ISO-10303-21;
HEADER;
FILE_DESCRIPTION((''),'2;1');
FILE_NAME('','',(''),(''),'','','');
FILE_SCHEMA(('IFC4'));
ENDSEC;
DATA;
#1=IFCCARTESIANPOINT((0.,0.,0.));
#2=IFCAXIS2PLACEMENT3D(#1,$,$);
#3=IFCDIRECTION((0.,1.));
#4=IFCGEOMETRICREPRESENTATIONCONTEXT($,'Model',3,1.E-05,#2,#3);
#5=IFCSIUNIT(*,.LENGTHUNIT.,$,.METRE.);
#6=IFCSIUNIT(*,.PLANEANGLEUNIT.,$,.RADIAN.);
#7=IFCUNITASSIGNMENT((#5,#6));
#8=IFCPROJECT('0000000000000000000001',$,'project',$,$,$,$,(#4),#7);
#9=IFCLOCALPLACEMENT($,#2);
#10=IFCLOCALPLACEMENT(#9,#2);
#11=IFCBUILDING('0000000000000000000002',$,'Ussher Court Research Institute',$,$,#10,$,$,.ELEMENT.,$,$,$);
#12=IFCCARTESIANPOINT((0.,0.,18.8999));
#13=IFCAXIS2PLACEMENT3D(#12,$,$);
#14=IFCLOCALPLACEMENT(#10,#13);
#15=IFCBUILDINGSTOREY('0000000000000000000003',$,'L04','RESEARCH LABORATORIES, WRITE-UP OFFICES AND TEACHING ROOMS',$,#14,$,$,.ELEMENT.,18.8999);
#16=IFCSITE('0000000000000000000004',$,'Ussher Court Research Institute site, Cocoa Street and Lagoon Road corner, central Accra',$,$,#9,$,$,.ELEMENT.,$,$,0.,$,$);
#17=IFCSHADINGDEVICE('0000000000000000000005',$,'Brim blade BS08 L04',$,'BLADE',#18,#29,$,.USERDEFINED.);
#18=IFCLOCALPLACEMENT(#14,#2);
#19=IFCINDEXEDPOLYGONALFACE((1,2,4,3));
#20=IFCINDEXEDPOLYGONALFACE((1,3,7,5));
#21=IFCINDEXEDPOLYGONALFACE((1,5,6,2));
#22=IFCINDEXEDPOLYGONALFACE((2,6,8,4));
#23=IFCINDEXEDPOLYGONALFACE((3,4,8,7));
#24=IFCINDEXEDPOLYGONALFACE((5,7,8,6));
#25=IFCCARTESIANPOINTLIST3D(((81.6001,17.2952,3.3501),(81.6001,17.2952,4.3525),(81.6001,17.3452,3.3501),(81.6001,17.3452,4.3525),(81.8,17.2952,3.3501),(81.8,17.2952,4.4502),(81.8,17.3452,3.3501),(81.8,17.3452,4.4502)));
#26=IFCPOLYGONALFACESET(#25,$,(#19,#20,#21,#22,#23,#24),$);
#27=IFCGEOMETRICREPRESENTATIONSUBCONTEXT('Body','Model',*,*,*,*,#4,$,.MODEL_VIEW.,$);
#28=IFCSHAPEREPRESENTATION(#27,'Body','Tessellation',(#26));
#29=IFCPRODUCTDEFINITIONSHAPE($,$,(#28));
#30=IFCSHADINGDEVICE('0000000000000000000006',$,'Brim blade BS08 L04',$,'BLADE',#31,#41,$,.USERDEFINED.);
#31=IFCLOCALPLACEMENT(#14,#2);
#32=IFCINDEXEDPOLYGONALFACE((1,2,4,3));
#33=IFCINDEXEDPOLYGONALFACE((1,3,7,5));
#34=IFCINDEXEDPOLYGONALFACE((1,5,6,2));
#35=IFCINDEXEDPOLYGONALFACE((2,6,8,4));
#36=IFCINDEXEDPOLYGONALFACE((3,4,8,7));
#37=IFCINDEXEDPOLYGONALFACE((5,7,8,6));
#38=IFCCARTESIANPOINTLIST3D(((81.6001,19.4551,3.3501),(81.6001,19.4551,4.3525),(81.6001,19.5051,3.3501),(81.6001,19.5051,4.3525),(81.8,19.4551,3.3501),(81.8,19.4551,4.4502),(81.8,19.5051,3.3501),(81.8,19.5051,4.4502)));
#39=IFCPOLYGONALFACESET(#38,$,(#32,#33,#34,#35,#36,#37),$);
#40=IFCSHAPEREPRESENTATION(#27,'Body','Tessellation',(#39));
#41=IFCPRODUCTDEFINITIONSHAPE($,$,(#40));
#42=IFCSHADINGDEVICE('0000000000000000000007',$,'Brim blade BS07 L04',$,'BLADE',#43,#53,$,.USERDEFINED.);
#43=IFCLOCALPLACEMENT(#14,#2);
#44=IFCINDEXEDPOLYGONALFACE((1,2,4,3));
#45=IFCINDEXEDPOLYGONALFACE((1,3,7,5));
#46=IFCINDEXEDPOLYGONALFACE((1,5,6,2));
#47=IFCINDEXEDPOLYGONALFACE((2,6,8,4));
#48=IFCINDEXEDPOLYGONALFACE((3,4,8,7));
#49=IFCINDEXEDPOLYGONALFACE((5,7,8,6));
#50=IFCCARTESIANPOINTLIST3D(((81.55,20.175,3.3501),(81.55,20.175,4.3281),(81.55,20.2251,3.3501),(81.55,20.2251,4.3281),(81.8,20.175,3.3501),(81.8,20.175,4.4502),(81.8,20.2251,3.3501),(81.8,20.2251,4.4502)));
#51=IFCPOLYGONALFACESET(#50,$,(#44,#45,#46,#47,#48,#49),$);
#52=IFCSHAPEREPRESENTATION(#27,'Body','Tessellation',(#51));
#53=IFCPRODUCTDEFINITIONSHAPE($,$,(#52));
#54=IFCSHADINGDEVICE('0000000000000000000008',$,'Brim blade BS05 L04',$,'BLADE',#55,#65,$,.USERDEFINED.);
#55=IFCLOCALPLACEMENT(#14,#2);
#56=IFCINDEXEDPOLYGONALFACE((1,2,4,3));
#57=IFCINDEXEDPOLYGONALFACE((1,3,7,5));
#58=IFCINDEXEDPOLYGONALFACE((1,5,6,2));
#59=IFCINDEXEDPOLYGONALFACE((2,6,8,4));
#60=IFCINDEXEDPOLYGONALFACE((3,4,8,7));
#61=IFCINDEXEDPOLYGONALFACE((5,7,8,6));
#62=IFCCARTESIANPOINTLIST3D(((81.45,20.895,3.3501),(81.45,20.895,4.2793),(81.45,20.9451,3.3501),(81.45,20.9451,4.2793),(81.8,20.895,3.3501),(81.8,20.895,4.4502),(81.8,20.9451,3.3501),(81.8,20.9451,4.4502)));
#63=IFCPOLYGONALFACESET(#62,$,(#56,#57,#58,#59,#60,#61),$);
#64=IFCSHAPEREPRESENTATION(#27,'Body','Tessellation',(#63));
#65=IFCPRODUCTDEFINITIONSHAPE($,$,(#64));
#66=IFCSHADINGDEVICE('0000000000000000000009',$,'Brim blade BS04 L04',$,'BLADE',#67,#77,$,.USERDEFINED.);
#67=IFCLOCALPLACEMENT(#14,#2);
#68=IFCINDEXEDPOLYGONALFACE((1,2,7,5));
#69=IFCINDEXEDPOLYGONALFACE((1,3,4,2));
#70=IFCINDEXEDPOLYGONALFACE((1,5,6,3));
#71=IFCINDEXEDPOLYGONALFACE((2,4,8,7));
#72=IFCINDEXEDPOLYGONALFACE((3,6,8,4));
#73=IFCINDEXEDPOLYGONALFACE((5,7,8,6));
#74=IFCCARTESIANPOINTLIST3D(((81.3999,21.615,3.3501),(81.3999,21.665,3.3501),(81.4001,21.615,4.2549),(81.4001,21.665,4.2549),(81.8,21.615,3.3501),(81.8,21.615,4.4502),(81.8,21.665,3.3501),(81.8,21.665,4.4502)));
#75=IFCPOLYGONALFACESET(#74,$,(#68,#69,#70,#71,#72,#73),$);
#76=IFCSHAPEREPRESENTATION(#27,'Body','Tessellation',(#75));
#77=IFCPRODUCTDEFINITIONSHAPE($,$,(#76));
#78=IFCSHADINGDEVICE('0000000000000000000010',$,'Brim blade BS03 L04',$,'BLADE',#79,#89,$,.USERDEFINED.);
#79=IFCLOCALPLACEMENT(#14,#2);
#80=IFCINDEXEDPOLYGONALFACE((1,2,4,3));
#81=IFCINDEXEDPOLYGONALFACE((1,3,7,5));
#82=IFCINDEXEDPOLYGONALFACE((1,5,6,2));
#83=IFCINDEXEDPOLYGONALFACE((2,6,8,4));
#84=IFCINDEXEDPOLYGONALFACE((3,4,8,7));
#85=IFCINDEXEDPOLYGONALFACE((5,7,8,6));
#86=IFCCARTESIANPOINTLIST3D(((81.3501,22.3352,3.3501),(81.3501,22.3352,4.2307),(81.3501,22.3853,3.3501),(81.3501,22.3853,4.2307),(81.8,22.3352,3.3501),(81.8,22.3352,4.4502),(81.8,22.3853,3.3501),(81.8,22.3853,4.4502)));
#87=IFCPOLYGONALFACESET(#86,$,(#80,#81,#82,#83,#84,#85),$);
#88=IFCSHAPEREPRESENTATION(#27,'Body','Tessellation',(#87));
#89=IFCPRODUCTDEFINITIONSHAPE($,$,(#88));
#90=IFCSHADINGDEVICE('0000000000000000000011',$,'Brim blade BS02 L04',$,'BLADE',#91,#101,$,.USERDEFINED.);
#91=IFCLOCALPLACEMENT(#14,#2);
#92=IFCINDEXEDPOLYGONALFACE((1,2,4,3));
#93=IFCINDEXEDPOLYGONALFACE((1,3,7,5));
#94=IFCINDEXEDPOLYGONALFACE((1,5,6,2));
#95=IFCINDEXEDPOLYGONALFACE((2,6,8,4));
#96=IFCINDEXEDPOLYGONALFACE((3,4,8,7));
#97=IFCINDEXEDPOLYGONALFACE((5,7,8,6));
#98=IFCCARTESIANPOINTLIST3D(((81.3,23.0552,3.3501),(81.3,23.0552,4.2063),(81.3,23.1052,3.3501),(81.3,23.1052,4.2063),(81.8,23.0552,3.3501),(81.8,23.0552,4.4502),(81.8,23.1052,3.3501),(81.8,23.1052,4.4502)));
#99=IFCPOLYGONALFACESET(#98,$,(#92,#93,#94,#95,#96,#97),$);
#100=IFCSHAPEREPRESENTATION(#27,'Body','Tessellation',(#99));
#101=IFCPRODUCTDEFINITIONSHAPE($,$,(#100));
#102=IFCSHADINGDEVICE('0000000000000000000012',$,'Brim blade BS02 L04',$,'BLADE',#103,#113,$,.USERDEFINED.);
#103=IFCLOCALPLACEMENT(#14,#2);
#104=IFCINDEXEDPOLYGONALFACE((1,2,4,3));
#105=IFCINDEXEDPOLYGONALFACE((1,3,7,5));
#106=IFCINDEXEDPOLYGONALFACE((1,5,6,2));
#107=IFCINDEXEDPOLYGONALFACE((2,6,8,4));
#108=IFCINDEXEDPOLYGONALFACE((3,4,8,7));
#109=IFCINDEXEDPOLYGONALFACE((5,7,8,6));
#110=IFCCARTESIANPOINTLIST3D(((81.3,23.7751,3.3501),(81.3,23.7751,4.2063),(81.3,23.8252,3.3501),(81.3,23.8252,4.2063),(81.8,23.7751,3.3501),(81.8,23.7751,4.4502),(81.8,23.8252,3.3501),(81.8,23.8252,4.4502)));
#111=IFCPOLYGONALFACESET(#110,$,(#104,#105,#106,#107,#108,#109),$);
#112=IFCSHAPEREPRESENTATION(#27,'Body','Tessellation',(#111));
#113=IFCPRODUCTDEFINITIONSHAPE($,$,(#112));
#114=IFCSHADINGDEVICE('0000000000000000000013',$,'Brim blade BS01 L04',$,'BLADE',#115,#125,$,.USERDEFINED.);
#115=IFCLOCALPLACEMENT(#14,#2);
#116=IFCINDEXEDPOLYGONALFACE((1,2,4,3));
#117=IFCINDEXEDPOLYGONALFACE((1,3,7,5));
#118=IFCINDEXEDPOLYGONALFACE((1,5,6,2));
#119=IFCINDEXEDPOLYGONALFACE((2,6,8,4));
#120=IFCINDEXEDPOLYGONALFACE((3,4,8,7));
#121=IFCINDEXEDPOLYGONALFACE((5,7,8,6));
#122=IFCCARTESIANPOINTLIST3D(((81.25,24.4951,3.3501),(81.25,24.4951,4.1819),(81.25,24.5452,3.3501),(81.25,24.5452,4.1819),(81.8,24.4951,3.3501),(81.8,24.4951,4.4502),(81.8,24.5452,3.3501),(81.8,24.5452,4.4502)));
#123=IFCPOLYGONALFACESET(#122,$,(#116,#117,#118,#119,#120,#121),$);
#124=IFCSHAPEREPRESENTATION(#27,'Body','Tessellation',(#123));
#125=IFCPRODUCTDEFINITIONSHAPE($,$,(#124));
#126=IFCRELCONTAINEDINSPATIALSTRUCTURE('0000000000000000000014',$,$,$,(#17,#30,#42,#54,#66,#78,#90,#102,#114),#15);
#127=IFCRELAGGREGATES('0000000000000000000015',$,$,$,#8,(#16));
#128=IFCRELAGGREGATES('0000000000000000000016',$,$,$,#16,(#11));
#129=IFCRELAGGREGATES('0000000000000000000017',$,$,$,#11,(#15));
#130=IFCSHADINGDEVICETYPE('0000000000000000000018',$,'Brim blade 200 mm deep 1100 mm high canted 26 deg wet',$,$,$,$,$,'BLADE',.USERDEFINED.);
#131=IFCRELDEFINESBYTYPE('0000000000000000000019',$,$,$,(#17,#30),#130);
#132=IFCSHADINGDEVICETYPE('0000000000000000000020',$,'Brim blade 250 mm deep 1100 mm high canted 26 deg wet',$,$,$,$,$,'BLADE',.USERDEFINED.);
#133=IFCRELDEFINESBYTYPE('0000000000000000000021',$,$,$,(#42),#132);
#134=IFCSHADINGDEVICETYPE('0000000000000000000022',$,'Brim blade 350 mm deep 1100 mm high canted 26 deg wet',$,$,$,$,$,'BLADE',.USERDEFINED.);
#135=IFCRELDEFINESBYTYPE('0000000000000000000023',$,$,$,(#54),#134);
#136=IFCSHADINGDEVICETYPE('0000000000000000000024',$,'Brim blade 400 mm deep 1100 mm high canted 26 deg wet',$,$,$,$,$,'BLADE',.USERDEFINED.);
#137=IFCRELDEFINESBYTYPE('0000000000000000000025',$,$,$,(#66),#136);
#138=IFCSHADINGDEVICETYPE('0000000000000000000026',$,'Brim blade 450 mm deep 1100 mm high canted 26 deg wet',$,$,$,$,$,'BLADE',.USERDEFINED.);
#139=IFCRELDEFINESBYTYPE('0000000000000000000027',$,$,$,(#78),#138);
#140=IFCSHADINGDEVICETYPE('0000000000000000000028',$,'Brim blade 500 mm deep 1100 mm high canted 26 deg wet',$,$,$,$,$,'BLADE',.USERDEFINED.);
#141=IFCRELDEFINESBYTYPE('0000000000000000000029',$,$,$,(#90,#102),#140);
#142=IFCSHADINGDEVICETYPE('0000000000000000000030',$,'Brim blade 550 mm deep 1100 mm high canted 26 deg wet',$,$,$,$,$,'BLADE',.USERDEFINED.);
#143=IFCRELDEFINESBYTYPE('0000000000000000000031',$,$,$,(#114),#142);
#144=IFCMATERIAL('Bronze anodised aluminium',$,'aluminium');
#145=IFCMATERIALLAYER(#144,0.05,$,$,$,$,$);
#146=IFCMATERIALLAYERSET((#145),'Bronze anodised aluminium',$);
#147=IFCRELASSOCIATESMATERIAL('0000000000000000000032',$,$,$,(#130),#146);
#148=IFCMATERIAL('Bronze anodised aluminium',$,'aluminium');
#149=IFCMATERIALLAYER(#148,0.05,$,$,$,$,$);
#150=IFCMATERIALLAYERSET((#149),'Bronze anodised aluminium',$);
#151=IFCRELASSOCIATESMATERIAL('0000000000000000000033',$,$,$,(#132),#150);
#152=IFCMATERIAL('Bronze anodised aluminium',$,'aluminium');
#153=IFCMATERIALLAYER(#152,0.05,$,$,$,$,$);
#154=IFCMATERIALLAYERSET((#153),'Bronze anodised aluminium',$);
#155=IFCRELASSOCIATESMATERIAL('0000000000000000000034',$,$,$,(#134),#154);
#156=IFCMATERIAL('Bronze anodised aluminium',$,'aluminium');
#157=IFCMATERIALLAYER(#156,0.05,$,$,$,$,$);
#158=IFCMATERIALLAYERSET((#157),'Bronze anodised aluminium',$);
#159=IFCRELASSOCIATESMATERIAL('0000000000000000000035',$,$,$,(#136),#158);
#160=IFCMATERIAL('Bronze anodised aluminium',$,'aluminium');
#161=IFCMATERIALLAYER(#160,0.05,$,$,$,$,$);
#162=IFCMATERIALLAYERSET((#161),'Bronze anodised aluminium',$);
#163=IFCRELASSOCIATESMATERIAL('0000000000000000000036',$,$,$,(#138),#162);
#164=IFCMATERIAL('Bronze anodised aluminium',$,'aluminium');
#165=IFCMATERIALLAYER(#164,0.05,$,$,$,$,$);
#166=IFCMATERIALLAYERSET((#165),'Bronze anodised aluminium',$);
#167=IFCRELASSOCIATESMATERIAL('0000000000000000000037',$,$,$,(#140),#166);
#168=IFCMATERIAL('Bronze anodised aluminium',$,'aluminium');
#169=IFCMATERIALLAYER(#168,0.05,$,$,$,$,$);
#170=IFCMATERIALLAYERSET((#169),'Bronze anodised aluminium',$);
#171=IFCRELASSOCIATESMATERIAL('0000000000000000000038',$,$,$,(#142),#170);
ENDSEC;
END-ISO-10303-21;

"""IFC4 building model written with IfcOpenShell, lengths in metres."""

from ifc_helpers import new_model, si_unit, direction, frame, origin, place, context, subcontext, project, spatial, polyline, outline, extrude, material, layer, layer_set, type_object, element, save


model = new_model("IFC4")

# Units and contexts
model_context = context("Model", 3, precision=1e-05, world=origin(), true_north=direction((0.0, 1.0)))
body_context = subcontext(model_context, "Body", "Model", "MODEL_VIEW")
ifc_project = project(units=[si_unit("LENGTHUNIT", "METRE"), si_unit("PLANEANGLEUNIT", "RADIAN")], contexts=[model_context])

# Site, building, storey
site_placement = place(None, origin())
site = spatial("IfcSite", under=ifc_project, at=site_placement, Name="Ussher Court Research Institute site, Cocoa Street and Lagoon Road corner, central Accra", CompositionType="ELEMENT", RefElevation=0.0)
building_placement = place(site_placement, origin())
building = spatial("IfcBuilding", under=site, at=building_placement, Name="Ussher Court Research Institute", CompositionType="ELEMENT")
storey_placement = place(building_placement, frame((0.0, 0.0, 18.8999)))
storey = spatial("IfcBuildingStorey", under=building, at=storey_placement, Name="L04", Description="RESEARCH LABORATORIES, WRITE-UP OFFICES AND TEACHING ROOMS", CompositionType="ELEMENT", Elevation=18.8999)

# Shading devices
ifc_material_1 = material(Name="Bronze anodised aluminium", Category="aluminium")
ifc_layer_1 = layer(ifc_material_1, 0.05)
ifc_layer_set_1 = layer_set([ifc_layer_1], Name="Bronze anodised aluminium")
shading_device_type_1 = type_object("IfcShadingDeviceType", Name="Brim blade 200 mm deep 1100 mm high canted 26 deg wet", ElementType="BLADE", PredefinedType="USERDEFINED", material=ifc_layer_set_1)
for number, where, z_axis, x_axis, name in (
    (1, (81.8, 17.3201, 3.3501), (0.0, 0.0, 1.0), (-1.0, 0.0, 0.0), "Brim blade BS08 L04"),
    (2, (81.8, 19.48, 3.3501), (0.0, 0.0, 1.0), (-1.0, 0.0, 0.0), "Brim blade BS08 L04"),
):
    element("IfcShadingDevice", number, at=place(storey_placement, frame(where, z_axis=z_axis, x_axis=x_axis)), inside=storey, type_object=shading_device_type_1, Name=name, ObjectType="BLADE", PredefinedType="USERDEFINED", context=body_context, shape_type="SweptSolid", body=[
        extrude(outline(polyline([(0.0, 0.0), (0.2, 0.0), (0.2, 1.0024), (0.0, 1.1001), (0.0, 0.0)])), frame((0.0, 0.0249, 0.0), z_axis=(0.0, -1.0, 0.0), x_axis=(1.0, 0.0, 0.0)), (0.0, 0.0, 1.0), 0.05),
    ])
ifc_material_2 = material(Name="Bronze anodised aluminium", Category="aluminium")
ifc_layer_2 = layer(ifc_material_2, 0.05)
ifc_layer_set_2 = layer_set([ifc_layer_2], Name="Bronze anodised aluminium")
shading_device_type_2 = type_object("IfcShadingDeviceType", Name="Brim blade 250 mm deep 1100 mm high canted 26 deg wet", ElementType="BLADE", PredefinedType="USERDEFINED", material=ifc_layer_set_2)
shading_device_1_placement = place(storey_placement, frame((81.8, 20.2, 3.3501), z_axis=(0.0, 0.0, 1.0), x_axis=(-1.0, 0.0, 0.0)))
element("IfcShadingDevice", 3, at=shading_device_1_placement, inside=storey, type_object=shading_device_type_2, Name="Brim blade BS07 L04", ObjectType="BLADE", PredefinedType="USERDEFINED", context=body_context, shape_type="SweptSolid", body=[
    extrude(outline(polyline([(0.0, 0.0), (0.25, 0.0), (0.25, 0.978), (0.0, 1.1001), (0.0, 0.0)])), frame((0.0, 0.0249, 0.0), z_axis=(0.0, -1.0, 0.0), x_axis=(1.0, 0.0, 0.0)), (0.0, 0.0, 1.0), 0.05),
])
ifc_material_3 = material(Name="Bronze anodised aluminium", Category="aluminium")
ifc_layer_3 = layer(ifc_material_3, 0.05)
ifc_layer_set_3 = layer_set([ifc_layer_3], Name="Bronze anodised aluminium")
shading_device_type_3 = type_object("IfcShadingDeviceType", Name="Brim blade 350 mm deep 1100 mm high canted 26 deg wet", ElementType="BLADE", PredefinedType="USERDEFINED", material=ifc_layer_set_3)
shading_device_2_placement = place(storey_placement, frame((81.8, 20.9199, 3.3501), z_axis=(0.0, 0.0, 1.0), x_axis=(-1.0, 0.0, 0.0)))
element("IfcShadingDevice", 4, at=shading_device_2_placement, inside=storey, type_object=shading_device_type_3, Name="Brim blade BS05 L04", ObjectType="BLADE", PredefinedType="USERDEFINED", context=body_context, shape_type="SweptSolid", body=[
    extrude(outline(polyline([(0.0, 0.0), (0.3501, 0.0), (0.3501, 0.9292), (0.0, 1.1001), (0.0, 0.0)])), frame((0.0, 0.0249, 0.0), z_axis=(0.0, -1.0, 0.0), x_axis=(1.0, 0.0, 0.0)), (0.0, 0.0, 1.0), 0.05),
])
ifc_material_4 = material(Name="Bronze anodised aluminium", Category="aluminium")
ifc_layer_4 = layer(ifc_material_4, 0.05)
ifc_layer_set_4 = layer_set([ifc_layer_4], Name="Bronze anodised aluminium")
shading_device_type_4 = type_object("IfcShadingDeviceType", Name="Brim blade 400 mm deep 1100 mm high canted 26 deg wet", ElementType="BLADE", PredefinedType="USERDEFINED", material=ifc_layer_set_4)
shading_device_3_placement = place(storey_placement, frame((81.8, 21.6399, 3.3501), z_axis=(0.0, 0.0, 1.0), x_axis=(-1.0, 0.0, 0.0)))
element("IfcShadingDevice", 5, at=shading_device_3_placement, inside=storey, type_object=shading_device_type_4, Name="Brim blade BS04 L04", ObjectType="BLADE", PredefinedType="USERDEFINED", context=body_context, shape_type="SweptSolid", body=[
    extrude(outline(polyline([(0.0, 0.0), (0.4001, 0.0), (0.3999, 0.9048), (0.0, 1.1001), (0.0, 0.0)])), frame((0.0, 0.0249, 0.0), z_axis=(0.0, -1.0, 0.0), x_axis=(1.0, 0.0, 0.0)), (0.0, 0.0, 1.0), 0.05),
])
ifc_material_5 = material(Name="Bronze anodised aluminium", Category="aluminium")
ifc_layer_5 = layer(ifc_material_5, 0.05)
ifc_layer_set_5 = layer_set([ifc_layer_5], Name="Bronze anodised aluminium")
shading_device_type_5 = type_object("IfcShadingDeviceType", Name="Brim blade 450 mm deep 1100 mm high canted 26 deg wet", ElementType="BLADE", PredefinedType="USERDEFINED", material=ifc_layer_set_5)
shading_device_4_placement = place(storey_placement, frame((81.8, 22.3601, 3.3501), z_axis=(0.0, 0.0, 1.0), x_axis=(-1.0, 0.0, 0.0)))
element("IfcShadingDevice", 6, at=shading_device_4_placement, inside=storey, type_object=shading_device_type_5, Name="Brim blade BS03 L04", ObjectType="BLADE", PredefinedType="USERDEFINED", context=body_context, shape_type="SweptSolid", body=[
    extrude(outline(polyline([(0.0, 0.0), (0.45, 0.0), (0.45, 0.8806), (0.0, 1.1001), (0.0, 0.0)])), frame((0.0, 0.0249, 0.0), z_axis=(0.0, -1.0, 0.0), x_axis=(1.0, 0.0, 0.0)), (0.0, 0.0, 1.0), 0.05),
])
ifc_material_6 = material(Name="Bronze anodised aluminium", Category="aluminium")
ifc_layer_6 = layer(ifc_material_6, 0.05)
ifc_layer_set_6 = layer_set([ifc_layer_6], Name="Bronze anodised aluminium")
shading_device_type_6 = type_object("IfcShadingDeviceType", Name="Brim blade 500 mm deep 1100 mm high canted 26 deg wet", ElementType="BLADE", PredefinedType="USERDEFINED", material=ifc_layer_set_6)
for number, where, z_axis, x_axis, name in (
    (7, (81.8, 23.0801, 3.3501), (0.0, 0.0, 1.0), (-1.0, 0.0, 0.0), "Brim blade BS02 L04"),
    (8, (81.8, 23.8, 3.3501), (0.0, 0.0, 1.0), (-1.0, 0.0, 0.0), "Brim blade BS02 L04"),
):
    element("IfcShadingDevice", number, at=place(storey_placement, frame(where, z_axis=z_axis, x_axis=x_axis)), inside=storey, type_object=shading_device_type_6, Name=name, ObjectType="BLADE", PredefinedType="USERDEFINED", context=body_context, shape_type="SweptSolid", body=[
        extrude(outline(polyline([(0.0, 0.0), (0.5, 0.0), (0.5, 0.8562), (0.0, 1.1001), (0.0, 0.0)])), frame((0.0, 0.0249, 0.0), z_axis=(0.0, -1.0, 0.0), x_axis=(1.0, 0.0, 0.0)), (0.0, 0.0, 1.0), 0.05),
    ])
ifc_material_7 = material(Name="Bronze anodised aluminium", Category="aluminium")
ifc_layer_7 = layer(ifc_material_7, 0.05)
ifc_layer_set_7 = layer_set([ifc_layer_7], Name="Bronze anodised aluminium")
shading_device_type_7 = type_object("IfcShadingDeviceType", Name="Brim blade 550 mm deep 1100 mm high canted 26 deg wet", ElementType="BLADE", PredefinedType="USERDEFINED", material=ifc_layer_set_7)
shading_device_5_placement = place(storey_placement, frame((81.8, 24.52, 3.3501), z_axis=(0.0, 0.0, 1.0), x_axis=(-1.0, 0.0, 0.0)))
element("IfcShadingDevice", 9, at=shading_device_5_placement, inside=storey, type_object=shading_device_type_7, Name="Brim blade BS01 L04", ObjectType="BLADE", PredefinedType="USERDEFINED", context=body_context, shape_type="SweptSolid", body=[
    extrude(outline(polyline([(0.0, 0.0), (0.55, 0.0), (0.55, 0.8318), (0.0, 1.1001), (0.0, 0.0)])), frame((0.0, 0.0249, 0.0), z_axis=(0.0, -1.0, 0.0), x_axis=(1.0, 0.0, 0.0)), (0.0, 0.0, 1.0), 0.05),
])

save(model, "model.ifc")
